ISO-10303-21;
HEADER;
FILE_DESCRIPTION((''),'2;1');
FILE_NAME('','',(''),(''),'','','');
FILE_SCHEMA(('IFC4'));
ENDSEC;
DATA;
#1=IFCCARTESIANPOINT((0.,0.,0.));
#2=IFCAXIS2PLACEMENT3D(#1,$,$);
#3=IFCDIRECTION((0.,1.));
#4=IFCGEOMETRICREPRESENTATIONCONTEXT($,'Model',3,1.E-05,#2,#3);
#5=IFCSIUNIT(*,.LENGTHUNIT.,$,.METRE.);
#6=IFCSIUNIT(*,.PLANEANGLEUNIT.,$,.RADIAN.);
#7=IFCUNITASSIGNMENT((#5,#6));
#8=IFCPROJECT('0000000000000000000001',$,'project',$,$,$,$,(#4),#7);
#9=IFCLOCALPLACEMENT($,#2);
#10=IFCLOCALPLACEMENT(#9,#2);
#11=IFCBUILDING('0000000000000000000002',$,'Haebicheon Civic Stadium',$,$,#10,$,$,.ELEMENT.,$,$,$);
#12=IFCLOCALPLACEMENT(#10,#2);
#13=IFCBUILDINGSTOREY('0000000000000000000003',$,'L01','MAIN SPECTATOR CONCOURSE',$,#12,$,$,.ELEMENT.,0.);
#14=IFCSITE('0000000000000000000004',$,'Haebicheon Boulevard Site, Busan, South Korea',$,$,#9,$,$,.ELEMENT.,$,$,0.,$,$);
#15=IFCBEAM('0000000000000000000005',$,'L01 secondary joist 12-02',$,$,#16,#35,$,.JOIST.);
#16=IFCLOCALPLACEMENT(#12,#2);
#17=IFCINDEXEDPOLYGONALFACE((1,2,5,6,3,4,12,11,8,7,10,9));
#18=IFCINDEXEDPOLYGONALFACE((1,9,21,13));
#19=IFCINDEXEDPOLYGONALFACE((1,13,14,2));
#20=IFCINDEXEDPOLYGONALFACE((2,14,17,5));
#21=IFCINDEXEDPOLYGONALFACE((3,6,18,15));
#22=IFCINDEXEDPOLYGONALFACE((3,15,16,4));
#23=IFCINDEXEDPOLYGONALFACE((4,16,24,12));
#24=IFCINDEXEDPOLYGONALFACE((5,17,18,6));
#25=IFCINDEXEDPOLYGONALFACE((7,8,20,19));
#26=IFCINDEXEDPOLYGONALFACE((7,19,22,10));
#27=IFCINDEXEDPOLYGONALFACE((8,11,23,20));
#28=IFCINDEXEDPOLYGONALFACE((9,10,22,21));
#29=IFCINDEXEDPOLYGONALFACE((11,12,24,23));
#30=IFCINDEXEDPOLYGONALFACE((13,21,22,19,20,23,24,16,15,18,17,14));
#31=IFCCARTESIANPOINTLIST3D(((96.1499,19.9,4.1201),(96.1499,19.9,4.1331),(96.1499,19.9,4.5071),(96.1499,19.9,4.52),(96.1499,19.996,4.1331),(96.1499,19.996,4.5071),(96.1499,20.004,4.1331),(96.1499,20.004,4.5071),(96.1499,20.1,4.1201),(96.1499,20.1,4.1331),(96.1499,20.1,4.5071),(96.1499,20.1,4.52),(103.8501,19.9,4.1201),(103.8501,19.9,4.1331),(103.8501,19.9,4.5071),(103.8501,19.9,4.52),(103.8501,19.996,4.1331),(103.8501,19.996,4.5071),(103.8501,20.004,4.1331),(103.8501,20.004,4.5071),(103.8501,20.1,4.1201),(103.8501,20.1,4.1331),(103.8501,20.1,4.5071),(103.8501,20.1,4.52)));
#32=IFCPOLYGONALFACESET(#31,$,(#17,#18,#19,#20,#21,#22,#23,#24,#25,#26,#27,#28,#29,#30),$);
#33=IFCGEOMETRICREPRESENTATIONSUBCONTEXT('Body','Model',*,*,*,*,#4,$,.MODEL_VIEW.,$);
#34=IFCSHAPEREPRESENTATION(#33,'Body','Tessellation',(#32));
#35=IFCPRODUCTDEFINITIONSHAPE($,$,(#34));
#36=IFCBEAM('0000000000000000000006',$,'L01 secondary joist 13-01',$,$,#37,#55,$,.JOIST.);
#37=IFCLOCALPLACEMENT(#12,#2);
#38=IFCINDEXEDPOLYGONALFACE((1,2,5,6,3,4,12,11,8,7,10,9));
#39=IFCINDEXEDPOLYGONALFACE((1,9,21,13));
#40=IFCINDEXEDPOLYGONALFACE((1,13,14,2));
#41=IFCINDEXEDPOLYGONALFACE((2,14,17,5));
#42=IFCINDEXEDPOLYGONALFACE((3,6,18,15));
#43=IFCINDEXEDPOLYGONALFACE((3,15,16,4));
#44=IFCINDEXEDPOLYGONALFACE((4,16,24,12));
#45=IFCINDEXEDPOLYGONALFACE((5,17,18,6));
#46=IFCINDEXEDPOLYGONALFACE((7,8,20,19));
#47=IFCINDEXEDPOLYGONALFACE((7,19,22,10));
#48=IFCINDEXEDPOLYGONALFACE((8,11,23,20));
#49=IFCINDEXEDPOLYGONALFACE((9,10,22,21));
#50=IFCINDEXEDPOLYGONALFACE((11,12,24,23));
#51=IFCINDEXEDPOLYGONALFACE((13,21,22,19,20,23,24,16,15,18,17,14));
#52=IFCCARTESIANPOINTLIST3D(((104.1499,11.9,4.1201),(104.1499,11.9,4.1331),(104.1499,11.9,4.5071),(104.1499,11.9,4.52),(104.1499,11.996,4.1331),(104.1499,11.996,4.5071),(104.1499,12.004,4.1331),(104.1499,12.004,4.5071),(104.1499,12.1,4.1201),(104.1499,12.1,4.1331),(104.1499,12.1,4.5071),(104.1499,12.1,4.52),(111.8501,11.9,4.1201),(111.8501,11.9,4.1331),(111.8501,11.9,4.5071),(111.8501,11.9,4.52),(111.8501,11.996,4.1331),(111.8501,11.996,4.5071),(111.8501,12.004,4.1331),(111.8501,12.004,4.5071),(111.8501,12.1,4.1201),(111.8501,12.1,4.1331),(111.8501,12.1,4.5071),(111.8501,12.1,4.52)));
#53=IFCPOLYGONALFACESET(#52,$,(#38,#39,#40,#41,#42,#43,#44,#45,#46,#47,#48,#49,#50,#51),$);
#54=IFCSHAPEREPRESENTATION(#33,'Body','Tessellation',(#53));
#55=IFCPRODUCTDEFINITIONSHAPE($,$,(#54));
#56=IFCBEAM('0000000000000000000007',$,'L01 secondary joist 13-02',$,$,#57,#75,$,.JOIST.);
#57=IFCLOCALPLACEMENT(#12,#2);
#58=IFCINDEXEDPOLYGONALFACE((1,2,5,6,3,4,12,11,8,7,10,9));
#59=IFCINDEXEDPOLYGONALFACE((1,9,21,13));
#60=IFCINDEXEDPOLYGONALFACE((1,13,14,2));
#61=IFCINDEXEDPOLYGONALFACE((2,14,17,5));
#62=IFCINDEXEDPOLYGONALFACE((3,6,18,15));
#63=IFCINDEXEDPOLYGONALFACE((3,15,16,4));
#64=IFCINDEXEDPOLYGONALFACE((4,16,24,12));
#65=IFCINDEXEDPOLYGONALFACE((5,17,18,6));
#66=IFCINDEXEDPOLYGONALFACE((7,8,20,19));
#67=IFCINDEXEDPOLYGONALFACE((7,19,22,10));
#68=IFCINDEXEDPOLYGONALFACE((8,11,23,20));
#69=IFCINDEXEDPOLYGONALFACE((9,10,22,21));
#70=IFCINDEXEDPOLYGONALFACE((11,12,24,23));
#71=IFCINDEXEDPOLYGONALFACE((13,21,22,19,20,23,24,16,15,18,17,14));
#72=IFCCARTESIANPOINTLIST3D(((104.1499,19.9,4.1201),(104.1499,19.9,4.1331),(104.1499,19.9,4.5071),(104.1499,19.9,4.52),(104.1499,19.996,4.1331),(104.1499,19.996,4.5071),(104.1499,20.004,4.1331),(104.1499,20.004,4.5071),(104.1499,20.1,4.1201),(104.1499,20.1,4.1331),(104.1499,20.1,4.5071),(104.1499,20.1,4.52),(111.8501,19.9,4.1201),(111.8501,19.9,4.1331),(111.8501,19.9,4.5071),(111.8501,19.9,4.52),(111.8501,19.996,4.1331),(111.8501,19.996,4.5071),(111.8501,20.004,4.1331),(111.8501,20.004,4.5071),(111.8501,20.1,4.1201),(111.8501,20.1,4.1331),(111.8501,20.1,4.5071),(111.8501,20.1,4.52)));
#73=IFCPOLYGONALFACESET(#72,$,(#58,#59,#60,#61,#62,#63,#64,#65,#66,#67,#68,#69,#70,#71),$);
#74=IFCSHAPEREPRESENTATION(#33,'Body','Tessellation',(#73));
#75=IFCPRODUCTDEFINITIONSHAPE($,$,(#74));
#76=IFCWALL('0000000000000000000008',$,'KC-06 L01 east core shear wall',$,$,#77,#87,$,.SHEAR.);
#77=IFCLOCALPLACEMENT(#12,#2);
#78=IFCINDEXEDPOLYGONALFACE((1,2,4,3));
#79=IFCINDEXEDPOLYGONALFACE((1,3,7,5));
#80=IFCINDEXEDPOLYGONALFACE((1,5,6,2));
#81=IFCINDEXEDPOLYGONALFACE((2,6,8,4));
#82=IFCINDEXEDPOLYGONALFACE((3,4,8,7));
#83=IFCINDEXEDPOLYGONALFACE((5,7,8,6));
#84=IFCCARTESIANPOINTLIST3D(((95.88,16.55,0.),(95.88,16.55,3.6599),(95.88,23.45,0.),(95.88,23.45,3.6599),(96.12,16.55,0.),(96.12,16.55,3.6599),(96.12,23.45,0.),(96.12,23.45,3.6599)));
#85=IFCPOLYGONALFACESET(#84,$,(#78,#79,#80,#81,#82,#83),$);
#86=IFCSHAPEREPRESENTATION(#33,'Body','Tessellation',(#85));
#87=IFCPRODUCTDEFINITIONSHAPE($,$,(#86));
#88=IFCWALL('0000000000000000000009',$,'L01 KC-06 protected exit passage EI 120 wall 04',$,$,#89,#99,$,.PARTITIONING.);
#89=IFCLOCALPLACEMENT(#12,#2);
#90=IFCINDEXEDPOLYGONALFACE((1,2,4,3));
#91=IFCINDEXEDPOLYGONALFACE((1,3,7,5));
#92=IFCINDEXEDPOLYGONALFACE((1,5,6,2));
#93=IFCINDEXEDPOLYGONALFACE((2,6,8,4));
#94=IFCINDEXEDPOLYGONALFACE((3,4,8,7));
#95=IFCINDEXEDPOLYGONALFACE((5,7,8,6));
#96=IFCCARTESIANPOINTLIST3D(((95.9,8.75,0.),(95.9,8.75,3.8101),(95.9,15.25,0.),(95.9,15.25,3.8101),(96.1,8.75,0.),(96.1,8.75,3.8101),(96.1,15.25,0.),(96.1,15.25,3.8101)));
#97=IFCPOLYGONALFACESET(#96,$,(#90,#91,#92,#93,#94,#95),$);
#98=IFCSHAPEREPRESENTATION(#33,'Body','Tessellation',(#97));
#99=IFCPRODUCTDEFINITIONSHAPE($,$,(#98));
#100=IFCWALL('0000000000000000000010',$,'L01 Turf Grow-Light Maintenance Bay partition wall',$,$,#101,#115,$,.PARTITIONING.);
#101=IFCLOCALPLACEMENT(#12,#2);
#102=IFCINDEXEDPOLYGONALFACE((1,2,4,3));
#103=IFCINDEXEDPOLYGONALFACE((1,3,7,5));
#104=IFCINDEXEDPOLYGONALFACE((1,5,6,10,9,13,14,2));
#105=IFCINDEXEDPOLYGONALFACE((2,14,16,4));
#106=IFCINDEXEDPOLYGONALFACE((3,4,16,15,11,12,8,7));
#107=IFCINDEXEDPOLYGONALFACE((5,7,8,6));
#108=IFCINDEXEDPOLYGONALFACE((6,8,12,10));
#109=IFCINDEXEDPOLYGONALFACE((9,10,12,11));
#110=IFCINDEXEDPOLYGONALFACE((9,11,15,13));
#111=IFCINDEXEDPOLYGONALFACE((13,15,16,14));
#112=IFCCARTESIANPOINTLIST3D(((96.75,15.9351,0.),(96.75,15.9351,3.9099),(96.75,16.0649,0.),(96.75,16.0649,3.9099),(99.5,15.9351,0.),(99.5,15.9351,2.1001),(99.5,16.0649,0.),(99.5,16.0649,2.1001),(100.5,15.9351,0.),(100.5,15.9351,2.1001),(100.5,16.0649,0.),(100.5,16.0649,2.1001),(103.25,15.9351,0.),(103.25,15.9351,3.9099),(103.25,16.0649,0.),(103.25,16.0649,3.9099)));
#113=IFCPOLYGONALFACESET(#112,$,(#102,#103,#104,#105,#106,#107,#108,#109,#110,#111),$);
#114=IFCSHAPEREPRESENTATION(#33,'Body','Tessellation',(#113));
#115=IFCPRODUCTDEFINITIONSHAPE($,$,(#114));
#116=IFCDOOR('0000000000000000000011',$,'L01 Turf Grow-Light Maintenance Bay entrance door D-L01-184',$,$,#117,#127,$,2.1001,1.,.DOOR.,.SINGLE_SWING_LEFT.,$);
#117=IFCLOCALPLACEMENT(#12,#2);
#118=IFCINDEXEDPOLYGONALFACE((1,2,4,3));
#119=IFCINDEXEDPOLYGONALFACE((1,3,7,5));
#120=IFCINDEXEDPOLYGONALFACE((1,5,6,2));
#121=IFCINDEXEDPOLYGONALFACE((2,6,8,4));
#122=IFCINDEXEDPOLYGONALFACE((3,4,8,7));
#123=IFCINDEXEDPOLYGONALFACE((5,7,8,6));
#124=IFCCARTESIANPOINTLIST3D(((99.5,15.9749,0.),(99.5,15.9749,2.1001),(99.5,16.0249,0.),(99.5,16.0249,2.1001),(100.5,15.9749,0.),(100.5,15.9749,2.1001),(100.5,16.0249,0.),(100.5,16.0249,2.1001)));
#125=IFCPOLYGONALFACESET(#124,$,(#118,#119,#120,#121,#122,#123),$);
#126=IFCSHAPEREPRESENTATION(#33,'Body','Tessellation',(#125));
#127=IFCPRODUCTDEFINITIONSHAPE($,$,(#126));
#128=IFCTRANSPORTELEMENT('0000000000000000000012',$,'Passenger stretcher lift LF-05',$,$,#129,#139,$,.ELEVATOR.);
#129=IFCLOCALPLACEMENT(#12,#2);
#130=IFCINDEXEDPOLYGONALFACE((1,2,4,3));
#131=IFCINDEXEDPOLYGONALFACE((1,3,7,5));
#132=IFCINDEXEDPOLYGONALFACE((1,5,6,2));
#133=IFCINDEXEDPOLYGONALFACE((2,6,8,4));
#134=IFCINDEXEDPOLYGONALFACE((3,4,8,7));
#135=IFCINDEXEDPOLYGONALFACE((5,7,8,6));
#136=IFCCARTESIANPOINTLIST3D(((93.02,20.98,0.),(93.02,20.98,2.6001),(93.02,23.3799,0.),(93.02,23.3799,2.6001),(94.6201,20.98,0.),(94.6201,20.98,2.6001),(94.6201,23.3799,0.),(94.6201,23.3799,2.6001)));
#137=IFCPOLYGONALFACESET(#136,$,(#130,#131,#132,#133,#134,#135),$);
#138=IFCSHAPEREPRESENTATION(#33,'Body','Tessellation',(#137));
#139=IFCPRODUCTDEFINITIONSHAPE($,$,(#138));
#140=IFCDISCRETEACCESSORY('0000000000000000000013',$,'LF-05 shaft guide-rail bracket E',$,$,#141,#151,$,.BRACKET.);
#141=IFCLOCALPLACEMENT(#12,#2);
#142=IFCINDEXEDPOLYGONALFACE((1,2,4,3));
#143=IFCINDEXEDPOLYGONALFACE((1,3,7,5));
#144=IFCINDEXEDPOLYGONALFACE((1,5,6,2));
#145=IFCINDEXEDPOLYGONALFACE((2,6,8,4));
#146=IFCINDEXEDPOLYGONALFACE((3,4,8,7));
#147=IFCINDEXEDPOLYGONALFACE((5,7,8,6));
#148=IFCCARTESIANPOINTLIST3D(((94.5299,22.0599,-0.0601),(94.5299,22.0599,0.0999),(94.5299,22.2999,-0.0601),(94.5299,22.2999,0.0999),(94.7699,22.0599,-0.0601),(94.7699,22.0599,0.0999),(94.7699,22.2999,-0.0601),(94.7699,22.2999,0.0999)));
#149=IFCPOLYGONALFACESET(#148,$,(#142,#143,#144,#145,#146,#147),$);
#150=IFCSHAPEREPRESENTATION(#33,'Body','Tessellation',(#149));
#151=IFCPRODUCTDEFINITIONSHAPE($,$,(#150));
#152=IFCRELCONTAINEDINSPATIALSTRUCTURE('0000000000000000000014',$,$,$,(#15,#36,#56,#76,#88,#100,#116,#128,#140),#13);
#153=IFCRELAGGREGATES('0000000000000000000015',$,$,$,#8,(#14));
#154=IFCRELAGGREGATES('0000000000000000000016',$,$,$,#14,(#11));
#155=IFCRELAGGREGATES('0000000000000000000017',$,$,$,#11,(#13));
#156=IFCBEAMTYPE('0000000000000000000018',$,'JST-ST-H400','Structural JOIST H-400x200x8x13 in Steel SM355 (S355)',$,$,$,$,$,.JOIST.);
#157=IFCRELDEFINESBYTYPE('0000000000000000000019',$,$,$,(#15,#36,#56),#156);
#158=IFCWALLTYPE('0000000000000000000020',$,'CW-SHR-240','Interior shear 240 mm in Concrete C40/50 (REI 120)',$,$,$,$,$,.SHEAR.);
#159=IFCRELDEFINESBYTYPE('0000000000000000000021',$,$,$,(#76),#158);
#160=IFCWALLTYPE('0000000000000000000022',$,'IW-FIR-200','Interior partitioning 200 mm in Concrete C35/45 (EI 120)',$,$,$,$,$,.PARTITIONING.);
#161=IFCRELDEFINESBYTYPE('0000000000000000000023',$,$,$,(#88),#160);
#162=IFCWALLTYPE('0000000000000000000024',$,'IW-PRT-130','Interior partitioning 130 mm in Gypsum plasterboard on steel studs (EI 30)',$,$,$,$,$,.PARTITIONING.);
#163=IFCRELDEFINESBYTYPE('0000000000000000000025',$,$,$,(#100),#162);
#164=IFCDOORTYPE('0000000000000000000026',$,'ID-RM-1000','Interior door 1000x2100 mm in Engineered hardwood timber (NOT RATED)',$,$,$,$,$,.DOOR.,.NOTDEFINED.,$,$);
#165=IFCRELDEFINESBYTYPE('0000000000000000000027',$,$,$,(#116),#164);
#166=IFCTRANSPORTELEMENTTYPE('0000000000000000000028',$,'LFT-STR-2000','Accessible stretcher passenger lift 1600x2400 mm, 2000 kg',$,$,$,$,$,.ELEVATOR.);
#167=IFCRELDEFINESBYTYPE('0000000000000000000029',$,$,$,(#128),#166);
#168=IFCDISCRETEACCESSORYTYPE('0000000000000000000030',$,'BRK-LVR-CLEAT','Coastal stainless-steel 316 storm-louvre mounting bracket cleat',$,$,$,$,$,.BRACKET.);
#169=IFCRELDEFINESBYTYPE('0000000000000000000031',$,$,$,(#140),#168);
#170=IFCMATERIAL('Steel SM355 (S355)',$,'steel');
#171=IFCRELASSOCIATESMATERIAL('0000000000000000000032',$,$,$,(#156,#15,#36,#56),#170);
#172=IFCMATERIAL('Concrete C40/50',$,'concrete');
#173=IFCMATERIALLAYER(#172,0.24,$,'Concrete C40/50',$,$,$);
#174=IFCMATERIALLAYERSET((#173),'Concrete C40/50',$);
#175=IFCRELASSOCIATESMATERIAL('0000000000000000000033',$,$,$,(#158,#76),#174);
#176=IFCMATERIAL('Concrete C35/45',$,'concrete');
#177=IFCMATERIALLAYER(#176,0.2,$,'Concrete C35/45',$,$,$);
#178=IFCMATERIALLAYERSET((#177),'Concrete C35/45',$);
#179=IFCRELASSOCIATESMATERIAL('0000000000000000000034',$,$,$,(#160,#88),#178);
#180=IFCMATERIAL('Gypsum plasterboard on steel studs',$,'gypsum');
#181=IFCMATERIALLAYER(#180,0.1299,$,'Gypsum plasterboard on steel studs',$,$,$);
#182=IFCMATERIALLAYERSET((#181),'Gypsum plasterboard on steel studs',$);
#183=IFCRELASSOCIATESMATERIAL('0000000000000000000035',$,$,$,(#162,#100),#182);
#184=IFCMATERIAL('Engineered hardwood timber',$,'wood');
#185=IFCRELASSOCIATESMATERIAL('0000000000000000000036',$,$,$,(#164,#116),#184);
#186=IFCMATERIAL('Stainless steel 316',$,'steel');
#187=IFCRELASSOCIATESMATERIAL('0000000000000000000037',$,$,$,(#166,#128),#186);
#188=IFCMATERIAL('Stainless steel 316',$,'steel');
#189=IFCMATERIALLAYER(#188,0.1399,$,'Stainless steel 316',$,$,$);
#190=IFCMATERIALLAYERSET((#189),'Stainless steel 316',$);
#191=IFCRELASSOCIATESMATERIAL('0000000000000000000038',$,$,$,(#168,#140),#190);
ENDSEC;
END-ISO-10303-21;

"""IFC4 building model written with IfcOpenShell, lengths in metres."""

from ifc_helpers import new_model, si_unit, direction, frame, frame_2d, origin, origin_2d, place, context, subcontext, project, spatial, rectangle, i_section, extrude, material, layer, layer_set, material_profile, profile_set, type_object, element, fill, save


model = new_model("IFC4")

# Units and contexts
model_context = context("Model", 3, precision=1e-05, world=origin(), true_north=direction((0.0, 1.0)))
body_context = subcontext(model_context, "Body", "Model", "MODEL_VIEW")
ifc_project = project(units=[si_unit("LENGTHUNIT", "METRE"), si_unit("PLANEANGLEUNIT", "RADIAN")], contexts=[model_context])

# Site, building, storey
site_placement = place(None, origin())
site = spatial("IfcSite", under=ifc_project, at=site_placement, Name="Haebicheon Boulevard Site, Busan, South Korea", CompositionType="ELEMENT", RefElevation=0.0)
building_placement = place(site_placement, origin())
building = spatial("IfcBuilding", under=site, at=building_placement, Name="Haebicheon Civic Stadium", CompositionType="ELEMENT")
storey_placement = place(building_placement, origin())
storey = spatial("IfcBuildingStorey", under=building, at=storey_placement, Name="L01", Description="MAIN SPECTATOR CONCOURSE", CompositionType="ELEMENT", Elevation=0.0)

# Beams
ifc_material_1 = material(Name="Steel SM355 (S355)", Category="steel")
ifc_material_profile_1 = material_profile(ifc_material_1, i_section(OverallWidth=0.2, OverallDepth=0.3999, WebThickness=0.0081, FlangeThickness=0.0129, at=origin_2d()), Name="H-400x200x8x13")
ifc_profile_set_1 = profile_set([ifc_material_profile_1], Name="Steel SM355 (S355)")
beam_type_1 = type_object("IfcBeamType", Name="JST-ST-H400", Description="Structural JOIST H-400x200x8x13 in Steel SM355 (S355)", PredefinedType="JOIST", material=ifc_profile_set_1)
for number, where, z_axis, x_axis, name in (
    (1, (96.1499, 20.0, 4.3201), (1.0, 0.0, 0.0), (0.0, 1.0, 0.0), "L01 secondary joist 12-02"),
    (2, (104.1499, 12.0, 4.3201), (1.0, 0.0, 0.0), (0.0, 1.0, 0.0), "L01 secondary joist 13-01"),
    (3, (104.1499, 20.0, 4.3201), (1.0, 0.0, 0.0), (0.0, 1.0, 0.0), "L01 secondary joist 13-02"),
):
    element("IfcBeam", number, at=place(storey_placement, frame(where, z_axis=z_axis, x_axis=x_axis)), inside=storey, type_object=beam_type_1, material=ifc_profile_set_1, Name=name, PredefinedType="JOIST", context=body_context, shape_type="SweptSolid", body=[
        extrude(i_section(OverallWidth=0.2, OverallDepth=0.3999, WebThickness=0.0081, FlangeThickness=0.0129, at=origin_2d()), origin(), (0.0, 0.0, 1.0), 7.7002),
    ])

# Walls
ifc_material_2 = material(Name="Concrete C40/50", Category="concrete")
ifc_layer_1 = layer(ifc_material_2, 0.24, Name="Concrete C40/50")
ifc_layer_set_1 = layer_set([ifc_layer_1], Name="Concrete C40/50")
wall_type_1 = type_object("IfcWallType", Name="CW-SHR-240", Description="Interior shear 240 mm in Concrete C40/50 (REI 120)", PredefinedType="SHEAR", material=ifc_layer_set_1)
wall_1_placement = place(storey_placement, frame((96.0, 16.55, 0.0), z_axis=(0.0, 0.0, 1.0), x_axis=(0.0, 1.0, 0.0)))
element("IfcWall", 4, at=wall_1_placement, inside=storey, type_object=wall_type_1, material=ifc_layer_set_1, Name="KC-06 L01 east core shear wall", PredefinedType="SHEAR", context=body_context, shape_type="SweptSolid", body=[
    extrude(rectangle(XDim=6.8999, YDim=0.24, at=frame_2d((3.45, 0.0))), origin(), (0.0, 0.0, 1.0), 3.6599),
])
ifc_material_3 = material(Name="Concrete C35/45", Category="concrete")
ifc_layer_2 = layer(ifc_material_3, 0.2, Name="Concrete C35/45")
ifc_layer_set_2 = layer_set([ifc_layer_2], Name="Concrete C35/45")
wall_type_2 = type_object("IfcWallType", Name="IW-FIR-200", Description="Interior partitioning 200 mm in Concrete C35/45 (EI 120)", PredefinedType="PARTITIONING", material=ifc_layer_set_2)
wall_2_placement = place(storey_placement, frame((96.0, 8.75, 0.0), z_axis=(0.0, 0.0, 1.0), x_axis=(0.0, 1.0, 0.0)))
element("IfcWall", 5, at=wall_2_placement, inside=storey, type_object=wall_type_2, material=ifc_layer_set_2, Name="L01 KC-06 protected exit passage EI 120 wall 04", PredefinedType="PARTITIONING", context=body_context, shape_type="SweptSolid", body=[
    extrude(rectangle(XDim=6.5, YDim=0.2, at=frame_2d((3.25, 0.0))), origin(), (0.0, 0.0, 1.0), 3.8101),
])

# Wall, opening, door
ifc_material_4 = material(Name="Gypsum plasterboard on steel studs", Category="gypsum")
ifc_layer_3 = layer(ifc_material_4, 0.1299, Name="Gypsum plasterboard on steel studs")
ifc_layer_set_3 = layer_set([ifc_layer_3], Name="Gypsum plasterboard on steel studs")
wall_type_3 = type_object("IfcWallType", Name="IW-PRT-130", Description="Interior partitioning 130 mm in Gypsum plasterboard on steel studs (EI 30)", PredefinedType="PARTITIONING", material=ifc_layer_set_3)
wall_3_placement = place(storey_placement, frame((96.75, 16.0, 0.0), z_axis=(0.0, 0.0, 1.0), x_axis=(1.0, 0.0, 0.0)))
wall_3 = element("IfcWall", 6, at=wall_3_placement, inside=storey, type_object=wall_type_3, material=ifc_layer_set_3, Name="L01 Turf Grow-Light Maintenance Bay partition wall", PredefinedType="PARTITIONING", context=body_context, shape_type="SweptSolid", body=[
    extrude(rectangle(XDim=6.5, YDim=0.1299, at=frame_2d((3.25, 0.0))), origin(), (0.0, 0.0, 1.0), 3.9099),
])
opening_placement = place(wall_3_placement, frame((2.75, 0.0, 0.0)))
opening = element("IfcOpeningElement", 7, at=opening_placement, cuts=wall_3, PredefinedType="OPENING", context=body_context, shape_type="SweptSolid", body=[
    extrude(rectangle(XDim=1.0, YDim=2.1001, at=frame_2d((0.5, 1.05))), frame((0.0, 0.075, 0.0), z_axis=(0.0, -1.0, 0.0), x_axis=(1.0, 0.0, 0.0)), (0.0, 0.0, 1.0), 0.1499),
])
ifc_material_5 = material(Name="Engineered hardwood timber", Category="wood")
door_type = type_object("IfcDoorType", Name="ID-RM-1000", Description="Interior door 1000x2100 mm in Engineered hardwood timber (NOT RATED)", OperationType="NOTDEFINED", PredefinedType="DOOR", material=ifc_material_5)
door_placement = place(opening_placement, origin())
door = element("IfcDoor", 8, at=door_placement, inside=storey, type_object=door_type, material=ifc_material_5, Name="L01 Turf Grow-Light Maintenance Bay entrance door D-L01-184", OperationType="SINGLE_SWING_LEFT", OverallHeight=2.1001, OverallWidth=1.0, PredefinedType="DOOR", context=body_context, shape_type="SweptSolid", body=[
    extrude(rectangle(XDim=1.0, YDim=2.1001, at=frame_2d((0.5, 1.05))), frame((0.0, 0.0249, 0.0), z_axis=(0.0, -1.0, 0.0), x_axis=(1.0, 0.0, 0.0)), (0.0, 0.0, 1.0), 0.05),
])
fill(opening, door)

# Transport element
ifc_material_6 = material(Name="Stainless steel 316", Category="steel")
transport_element_type = type_object("IfcTransportElementType", Name="LFT-STR-2000", Description="Accessible stretcher passenger lift 1600x2400 mm, 2000 kg", PredefinedType="ELEVATOR", material=ifc_material_6)
transport_element_placement = place(storey_placement, frame((93.8201, 22.1799, 0.0), z_axis=(0.0, 0.0, 1.0), x_axis=(1.0, 0.0, 0.0)))
element("IfcTransportElement", 9, at=transport_element_placement, inside=storey, type_object=transport_element_type, material=ifc_material_6, Name="Passenger stretcher lift LF-05", PredefinedType="ELEVATOR", context=body_context, shape_type="SweptSolid", body=[
    extrude(rectangle(XDim=1.6001, YDim=2.3999, at=origin_2d()), origin(), (0.0, 0.0, 1.0), 2.6001),
])

# Discrete accessory
ifc_material_7 = material(Name="Stainless steel 316", Category="steel")
ifc_layer_4 = layer(ifc_material_7, 0.1399, Name="Stainless steel 316")
ifc_layer_set_4 = layer_set([ifc_layer_4], Name="Stainless steel 316")
discrete_accessory_type = type_object("IfcDiscreteAccessoryType", Name="BRK-LVR-CLEAT", Description="Coastal stainless-steel 316 storm-louvre mounting bracket cleat", PredefinedType="BRACKET", material=ifc_layer_set_4)
discrete_accessory_placement = place(storey_placement, frame((94.6499, 22.1799, -0.0601), z_axis=(0.0, 0.0, 1.0), x_axis=(1.0, 0.0, 0.0)))
element("IfcDiscreteAccessory", 10, at=discrete_accessory_placement, inside=storey, type_object=discrete_accessory_type, material=ifc_layer_set_4, Name="LF-05 shaft guide-rail bracket E", PredefinedType="BRACKET", context=body_context, shape_type="SweptSolid", body=[
    extrude(rectangle(XDim=0.24, YDim=0.24, at=origin_2d()), origin(), (0.0, 0.0, 1.0), 0.1599),
])

save(model, "model.ifc")
